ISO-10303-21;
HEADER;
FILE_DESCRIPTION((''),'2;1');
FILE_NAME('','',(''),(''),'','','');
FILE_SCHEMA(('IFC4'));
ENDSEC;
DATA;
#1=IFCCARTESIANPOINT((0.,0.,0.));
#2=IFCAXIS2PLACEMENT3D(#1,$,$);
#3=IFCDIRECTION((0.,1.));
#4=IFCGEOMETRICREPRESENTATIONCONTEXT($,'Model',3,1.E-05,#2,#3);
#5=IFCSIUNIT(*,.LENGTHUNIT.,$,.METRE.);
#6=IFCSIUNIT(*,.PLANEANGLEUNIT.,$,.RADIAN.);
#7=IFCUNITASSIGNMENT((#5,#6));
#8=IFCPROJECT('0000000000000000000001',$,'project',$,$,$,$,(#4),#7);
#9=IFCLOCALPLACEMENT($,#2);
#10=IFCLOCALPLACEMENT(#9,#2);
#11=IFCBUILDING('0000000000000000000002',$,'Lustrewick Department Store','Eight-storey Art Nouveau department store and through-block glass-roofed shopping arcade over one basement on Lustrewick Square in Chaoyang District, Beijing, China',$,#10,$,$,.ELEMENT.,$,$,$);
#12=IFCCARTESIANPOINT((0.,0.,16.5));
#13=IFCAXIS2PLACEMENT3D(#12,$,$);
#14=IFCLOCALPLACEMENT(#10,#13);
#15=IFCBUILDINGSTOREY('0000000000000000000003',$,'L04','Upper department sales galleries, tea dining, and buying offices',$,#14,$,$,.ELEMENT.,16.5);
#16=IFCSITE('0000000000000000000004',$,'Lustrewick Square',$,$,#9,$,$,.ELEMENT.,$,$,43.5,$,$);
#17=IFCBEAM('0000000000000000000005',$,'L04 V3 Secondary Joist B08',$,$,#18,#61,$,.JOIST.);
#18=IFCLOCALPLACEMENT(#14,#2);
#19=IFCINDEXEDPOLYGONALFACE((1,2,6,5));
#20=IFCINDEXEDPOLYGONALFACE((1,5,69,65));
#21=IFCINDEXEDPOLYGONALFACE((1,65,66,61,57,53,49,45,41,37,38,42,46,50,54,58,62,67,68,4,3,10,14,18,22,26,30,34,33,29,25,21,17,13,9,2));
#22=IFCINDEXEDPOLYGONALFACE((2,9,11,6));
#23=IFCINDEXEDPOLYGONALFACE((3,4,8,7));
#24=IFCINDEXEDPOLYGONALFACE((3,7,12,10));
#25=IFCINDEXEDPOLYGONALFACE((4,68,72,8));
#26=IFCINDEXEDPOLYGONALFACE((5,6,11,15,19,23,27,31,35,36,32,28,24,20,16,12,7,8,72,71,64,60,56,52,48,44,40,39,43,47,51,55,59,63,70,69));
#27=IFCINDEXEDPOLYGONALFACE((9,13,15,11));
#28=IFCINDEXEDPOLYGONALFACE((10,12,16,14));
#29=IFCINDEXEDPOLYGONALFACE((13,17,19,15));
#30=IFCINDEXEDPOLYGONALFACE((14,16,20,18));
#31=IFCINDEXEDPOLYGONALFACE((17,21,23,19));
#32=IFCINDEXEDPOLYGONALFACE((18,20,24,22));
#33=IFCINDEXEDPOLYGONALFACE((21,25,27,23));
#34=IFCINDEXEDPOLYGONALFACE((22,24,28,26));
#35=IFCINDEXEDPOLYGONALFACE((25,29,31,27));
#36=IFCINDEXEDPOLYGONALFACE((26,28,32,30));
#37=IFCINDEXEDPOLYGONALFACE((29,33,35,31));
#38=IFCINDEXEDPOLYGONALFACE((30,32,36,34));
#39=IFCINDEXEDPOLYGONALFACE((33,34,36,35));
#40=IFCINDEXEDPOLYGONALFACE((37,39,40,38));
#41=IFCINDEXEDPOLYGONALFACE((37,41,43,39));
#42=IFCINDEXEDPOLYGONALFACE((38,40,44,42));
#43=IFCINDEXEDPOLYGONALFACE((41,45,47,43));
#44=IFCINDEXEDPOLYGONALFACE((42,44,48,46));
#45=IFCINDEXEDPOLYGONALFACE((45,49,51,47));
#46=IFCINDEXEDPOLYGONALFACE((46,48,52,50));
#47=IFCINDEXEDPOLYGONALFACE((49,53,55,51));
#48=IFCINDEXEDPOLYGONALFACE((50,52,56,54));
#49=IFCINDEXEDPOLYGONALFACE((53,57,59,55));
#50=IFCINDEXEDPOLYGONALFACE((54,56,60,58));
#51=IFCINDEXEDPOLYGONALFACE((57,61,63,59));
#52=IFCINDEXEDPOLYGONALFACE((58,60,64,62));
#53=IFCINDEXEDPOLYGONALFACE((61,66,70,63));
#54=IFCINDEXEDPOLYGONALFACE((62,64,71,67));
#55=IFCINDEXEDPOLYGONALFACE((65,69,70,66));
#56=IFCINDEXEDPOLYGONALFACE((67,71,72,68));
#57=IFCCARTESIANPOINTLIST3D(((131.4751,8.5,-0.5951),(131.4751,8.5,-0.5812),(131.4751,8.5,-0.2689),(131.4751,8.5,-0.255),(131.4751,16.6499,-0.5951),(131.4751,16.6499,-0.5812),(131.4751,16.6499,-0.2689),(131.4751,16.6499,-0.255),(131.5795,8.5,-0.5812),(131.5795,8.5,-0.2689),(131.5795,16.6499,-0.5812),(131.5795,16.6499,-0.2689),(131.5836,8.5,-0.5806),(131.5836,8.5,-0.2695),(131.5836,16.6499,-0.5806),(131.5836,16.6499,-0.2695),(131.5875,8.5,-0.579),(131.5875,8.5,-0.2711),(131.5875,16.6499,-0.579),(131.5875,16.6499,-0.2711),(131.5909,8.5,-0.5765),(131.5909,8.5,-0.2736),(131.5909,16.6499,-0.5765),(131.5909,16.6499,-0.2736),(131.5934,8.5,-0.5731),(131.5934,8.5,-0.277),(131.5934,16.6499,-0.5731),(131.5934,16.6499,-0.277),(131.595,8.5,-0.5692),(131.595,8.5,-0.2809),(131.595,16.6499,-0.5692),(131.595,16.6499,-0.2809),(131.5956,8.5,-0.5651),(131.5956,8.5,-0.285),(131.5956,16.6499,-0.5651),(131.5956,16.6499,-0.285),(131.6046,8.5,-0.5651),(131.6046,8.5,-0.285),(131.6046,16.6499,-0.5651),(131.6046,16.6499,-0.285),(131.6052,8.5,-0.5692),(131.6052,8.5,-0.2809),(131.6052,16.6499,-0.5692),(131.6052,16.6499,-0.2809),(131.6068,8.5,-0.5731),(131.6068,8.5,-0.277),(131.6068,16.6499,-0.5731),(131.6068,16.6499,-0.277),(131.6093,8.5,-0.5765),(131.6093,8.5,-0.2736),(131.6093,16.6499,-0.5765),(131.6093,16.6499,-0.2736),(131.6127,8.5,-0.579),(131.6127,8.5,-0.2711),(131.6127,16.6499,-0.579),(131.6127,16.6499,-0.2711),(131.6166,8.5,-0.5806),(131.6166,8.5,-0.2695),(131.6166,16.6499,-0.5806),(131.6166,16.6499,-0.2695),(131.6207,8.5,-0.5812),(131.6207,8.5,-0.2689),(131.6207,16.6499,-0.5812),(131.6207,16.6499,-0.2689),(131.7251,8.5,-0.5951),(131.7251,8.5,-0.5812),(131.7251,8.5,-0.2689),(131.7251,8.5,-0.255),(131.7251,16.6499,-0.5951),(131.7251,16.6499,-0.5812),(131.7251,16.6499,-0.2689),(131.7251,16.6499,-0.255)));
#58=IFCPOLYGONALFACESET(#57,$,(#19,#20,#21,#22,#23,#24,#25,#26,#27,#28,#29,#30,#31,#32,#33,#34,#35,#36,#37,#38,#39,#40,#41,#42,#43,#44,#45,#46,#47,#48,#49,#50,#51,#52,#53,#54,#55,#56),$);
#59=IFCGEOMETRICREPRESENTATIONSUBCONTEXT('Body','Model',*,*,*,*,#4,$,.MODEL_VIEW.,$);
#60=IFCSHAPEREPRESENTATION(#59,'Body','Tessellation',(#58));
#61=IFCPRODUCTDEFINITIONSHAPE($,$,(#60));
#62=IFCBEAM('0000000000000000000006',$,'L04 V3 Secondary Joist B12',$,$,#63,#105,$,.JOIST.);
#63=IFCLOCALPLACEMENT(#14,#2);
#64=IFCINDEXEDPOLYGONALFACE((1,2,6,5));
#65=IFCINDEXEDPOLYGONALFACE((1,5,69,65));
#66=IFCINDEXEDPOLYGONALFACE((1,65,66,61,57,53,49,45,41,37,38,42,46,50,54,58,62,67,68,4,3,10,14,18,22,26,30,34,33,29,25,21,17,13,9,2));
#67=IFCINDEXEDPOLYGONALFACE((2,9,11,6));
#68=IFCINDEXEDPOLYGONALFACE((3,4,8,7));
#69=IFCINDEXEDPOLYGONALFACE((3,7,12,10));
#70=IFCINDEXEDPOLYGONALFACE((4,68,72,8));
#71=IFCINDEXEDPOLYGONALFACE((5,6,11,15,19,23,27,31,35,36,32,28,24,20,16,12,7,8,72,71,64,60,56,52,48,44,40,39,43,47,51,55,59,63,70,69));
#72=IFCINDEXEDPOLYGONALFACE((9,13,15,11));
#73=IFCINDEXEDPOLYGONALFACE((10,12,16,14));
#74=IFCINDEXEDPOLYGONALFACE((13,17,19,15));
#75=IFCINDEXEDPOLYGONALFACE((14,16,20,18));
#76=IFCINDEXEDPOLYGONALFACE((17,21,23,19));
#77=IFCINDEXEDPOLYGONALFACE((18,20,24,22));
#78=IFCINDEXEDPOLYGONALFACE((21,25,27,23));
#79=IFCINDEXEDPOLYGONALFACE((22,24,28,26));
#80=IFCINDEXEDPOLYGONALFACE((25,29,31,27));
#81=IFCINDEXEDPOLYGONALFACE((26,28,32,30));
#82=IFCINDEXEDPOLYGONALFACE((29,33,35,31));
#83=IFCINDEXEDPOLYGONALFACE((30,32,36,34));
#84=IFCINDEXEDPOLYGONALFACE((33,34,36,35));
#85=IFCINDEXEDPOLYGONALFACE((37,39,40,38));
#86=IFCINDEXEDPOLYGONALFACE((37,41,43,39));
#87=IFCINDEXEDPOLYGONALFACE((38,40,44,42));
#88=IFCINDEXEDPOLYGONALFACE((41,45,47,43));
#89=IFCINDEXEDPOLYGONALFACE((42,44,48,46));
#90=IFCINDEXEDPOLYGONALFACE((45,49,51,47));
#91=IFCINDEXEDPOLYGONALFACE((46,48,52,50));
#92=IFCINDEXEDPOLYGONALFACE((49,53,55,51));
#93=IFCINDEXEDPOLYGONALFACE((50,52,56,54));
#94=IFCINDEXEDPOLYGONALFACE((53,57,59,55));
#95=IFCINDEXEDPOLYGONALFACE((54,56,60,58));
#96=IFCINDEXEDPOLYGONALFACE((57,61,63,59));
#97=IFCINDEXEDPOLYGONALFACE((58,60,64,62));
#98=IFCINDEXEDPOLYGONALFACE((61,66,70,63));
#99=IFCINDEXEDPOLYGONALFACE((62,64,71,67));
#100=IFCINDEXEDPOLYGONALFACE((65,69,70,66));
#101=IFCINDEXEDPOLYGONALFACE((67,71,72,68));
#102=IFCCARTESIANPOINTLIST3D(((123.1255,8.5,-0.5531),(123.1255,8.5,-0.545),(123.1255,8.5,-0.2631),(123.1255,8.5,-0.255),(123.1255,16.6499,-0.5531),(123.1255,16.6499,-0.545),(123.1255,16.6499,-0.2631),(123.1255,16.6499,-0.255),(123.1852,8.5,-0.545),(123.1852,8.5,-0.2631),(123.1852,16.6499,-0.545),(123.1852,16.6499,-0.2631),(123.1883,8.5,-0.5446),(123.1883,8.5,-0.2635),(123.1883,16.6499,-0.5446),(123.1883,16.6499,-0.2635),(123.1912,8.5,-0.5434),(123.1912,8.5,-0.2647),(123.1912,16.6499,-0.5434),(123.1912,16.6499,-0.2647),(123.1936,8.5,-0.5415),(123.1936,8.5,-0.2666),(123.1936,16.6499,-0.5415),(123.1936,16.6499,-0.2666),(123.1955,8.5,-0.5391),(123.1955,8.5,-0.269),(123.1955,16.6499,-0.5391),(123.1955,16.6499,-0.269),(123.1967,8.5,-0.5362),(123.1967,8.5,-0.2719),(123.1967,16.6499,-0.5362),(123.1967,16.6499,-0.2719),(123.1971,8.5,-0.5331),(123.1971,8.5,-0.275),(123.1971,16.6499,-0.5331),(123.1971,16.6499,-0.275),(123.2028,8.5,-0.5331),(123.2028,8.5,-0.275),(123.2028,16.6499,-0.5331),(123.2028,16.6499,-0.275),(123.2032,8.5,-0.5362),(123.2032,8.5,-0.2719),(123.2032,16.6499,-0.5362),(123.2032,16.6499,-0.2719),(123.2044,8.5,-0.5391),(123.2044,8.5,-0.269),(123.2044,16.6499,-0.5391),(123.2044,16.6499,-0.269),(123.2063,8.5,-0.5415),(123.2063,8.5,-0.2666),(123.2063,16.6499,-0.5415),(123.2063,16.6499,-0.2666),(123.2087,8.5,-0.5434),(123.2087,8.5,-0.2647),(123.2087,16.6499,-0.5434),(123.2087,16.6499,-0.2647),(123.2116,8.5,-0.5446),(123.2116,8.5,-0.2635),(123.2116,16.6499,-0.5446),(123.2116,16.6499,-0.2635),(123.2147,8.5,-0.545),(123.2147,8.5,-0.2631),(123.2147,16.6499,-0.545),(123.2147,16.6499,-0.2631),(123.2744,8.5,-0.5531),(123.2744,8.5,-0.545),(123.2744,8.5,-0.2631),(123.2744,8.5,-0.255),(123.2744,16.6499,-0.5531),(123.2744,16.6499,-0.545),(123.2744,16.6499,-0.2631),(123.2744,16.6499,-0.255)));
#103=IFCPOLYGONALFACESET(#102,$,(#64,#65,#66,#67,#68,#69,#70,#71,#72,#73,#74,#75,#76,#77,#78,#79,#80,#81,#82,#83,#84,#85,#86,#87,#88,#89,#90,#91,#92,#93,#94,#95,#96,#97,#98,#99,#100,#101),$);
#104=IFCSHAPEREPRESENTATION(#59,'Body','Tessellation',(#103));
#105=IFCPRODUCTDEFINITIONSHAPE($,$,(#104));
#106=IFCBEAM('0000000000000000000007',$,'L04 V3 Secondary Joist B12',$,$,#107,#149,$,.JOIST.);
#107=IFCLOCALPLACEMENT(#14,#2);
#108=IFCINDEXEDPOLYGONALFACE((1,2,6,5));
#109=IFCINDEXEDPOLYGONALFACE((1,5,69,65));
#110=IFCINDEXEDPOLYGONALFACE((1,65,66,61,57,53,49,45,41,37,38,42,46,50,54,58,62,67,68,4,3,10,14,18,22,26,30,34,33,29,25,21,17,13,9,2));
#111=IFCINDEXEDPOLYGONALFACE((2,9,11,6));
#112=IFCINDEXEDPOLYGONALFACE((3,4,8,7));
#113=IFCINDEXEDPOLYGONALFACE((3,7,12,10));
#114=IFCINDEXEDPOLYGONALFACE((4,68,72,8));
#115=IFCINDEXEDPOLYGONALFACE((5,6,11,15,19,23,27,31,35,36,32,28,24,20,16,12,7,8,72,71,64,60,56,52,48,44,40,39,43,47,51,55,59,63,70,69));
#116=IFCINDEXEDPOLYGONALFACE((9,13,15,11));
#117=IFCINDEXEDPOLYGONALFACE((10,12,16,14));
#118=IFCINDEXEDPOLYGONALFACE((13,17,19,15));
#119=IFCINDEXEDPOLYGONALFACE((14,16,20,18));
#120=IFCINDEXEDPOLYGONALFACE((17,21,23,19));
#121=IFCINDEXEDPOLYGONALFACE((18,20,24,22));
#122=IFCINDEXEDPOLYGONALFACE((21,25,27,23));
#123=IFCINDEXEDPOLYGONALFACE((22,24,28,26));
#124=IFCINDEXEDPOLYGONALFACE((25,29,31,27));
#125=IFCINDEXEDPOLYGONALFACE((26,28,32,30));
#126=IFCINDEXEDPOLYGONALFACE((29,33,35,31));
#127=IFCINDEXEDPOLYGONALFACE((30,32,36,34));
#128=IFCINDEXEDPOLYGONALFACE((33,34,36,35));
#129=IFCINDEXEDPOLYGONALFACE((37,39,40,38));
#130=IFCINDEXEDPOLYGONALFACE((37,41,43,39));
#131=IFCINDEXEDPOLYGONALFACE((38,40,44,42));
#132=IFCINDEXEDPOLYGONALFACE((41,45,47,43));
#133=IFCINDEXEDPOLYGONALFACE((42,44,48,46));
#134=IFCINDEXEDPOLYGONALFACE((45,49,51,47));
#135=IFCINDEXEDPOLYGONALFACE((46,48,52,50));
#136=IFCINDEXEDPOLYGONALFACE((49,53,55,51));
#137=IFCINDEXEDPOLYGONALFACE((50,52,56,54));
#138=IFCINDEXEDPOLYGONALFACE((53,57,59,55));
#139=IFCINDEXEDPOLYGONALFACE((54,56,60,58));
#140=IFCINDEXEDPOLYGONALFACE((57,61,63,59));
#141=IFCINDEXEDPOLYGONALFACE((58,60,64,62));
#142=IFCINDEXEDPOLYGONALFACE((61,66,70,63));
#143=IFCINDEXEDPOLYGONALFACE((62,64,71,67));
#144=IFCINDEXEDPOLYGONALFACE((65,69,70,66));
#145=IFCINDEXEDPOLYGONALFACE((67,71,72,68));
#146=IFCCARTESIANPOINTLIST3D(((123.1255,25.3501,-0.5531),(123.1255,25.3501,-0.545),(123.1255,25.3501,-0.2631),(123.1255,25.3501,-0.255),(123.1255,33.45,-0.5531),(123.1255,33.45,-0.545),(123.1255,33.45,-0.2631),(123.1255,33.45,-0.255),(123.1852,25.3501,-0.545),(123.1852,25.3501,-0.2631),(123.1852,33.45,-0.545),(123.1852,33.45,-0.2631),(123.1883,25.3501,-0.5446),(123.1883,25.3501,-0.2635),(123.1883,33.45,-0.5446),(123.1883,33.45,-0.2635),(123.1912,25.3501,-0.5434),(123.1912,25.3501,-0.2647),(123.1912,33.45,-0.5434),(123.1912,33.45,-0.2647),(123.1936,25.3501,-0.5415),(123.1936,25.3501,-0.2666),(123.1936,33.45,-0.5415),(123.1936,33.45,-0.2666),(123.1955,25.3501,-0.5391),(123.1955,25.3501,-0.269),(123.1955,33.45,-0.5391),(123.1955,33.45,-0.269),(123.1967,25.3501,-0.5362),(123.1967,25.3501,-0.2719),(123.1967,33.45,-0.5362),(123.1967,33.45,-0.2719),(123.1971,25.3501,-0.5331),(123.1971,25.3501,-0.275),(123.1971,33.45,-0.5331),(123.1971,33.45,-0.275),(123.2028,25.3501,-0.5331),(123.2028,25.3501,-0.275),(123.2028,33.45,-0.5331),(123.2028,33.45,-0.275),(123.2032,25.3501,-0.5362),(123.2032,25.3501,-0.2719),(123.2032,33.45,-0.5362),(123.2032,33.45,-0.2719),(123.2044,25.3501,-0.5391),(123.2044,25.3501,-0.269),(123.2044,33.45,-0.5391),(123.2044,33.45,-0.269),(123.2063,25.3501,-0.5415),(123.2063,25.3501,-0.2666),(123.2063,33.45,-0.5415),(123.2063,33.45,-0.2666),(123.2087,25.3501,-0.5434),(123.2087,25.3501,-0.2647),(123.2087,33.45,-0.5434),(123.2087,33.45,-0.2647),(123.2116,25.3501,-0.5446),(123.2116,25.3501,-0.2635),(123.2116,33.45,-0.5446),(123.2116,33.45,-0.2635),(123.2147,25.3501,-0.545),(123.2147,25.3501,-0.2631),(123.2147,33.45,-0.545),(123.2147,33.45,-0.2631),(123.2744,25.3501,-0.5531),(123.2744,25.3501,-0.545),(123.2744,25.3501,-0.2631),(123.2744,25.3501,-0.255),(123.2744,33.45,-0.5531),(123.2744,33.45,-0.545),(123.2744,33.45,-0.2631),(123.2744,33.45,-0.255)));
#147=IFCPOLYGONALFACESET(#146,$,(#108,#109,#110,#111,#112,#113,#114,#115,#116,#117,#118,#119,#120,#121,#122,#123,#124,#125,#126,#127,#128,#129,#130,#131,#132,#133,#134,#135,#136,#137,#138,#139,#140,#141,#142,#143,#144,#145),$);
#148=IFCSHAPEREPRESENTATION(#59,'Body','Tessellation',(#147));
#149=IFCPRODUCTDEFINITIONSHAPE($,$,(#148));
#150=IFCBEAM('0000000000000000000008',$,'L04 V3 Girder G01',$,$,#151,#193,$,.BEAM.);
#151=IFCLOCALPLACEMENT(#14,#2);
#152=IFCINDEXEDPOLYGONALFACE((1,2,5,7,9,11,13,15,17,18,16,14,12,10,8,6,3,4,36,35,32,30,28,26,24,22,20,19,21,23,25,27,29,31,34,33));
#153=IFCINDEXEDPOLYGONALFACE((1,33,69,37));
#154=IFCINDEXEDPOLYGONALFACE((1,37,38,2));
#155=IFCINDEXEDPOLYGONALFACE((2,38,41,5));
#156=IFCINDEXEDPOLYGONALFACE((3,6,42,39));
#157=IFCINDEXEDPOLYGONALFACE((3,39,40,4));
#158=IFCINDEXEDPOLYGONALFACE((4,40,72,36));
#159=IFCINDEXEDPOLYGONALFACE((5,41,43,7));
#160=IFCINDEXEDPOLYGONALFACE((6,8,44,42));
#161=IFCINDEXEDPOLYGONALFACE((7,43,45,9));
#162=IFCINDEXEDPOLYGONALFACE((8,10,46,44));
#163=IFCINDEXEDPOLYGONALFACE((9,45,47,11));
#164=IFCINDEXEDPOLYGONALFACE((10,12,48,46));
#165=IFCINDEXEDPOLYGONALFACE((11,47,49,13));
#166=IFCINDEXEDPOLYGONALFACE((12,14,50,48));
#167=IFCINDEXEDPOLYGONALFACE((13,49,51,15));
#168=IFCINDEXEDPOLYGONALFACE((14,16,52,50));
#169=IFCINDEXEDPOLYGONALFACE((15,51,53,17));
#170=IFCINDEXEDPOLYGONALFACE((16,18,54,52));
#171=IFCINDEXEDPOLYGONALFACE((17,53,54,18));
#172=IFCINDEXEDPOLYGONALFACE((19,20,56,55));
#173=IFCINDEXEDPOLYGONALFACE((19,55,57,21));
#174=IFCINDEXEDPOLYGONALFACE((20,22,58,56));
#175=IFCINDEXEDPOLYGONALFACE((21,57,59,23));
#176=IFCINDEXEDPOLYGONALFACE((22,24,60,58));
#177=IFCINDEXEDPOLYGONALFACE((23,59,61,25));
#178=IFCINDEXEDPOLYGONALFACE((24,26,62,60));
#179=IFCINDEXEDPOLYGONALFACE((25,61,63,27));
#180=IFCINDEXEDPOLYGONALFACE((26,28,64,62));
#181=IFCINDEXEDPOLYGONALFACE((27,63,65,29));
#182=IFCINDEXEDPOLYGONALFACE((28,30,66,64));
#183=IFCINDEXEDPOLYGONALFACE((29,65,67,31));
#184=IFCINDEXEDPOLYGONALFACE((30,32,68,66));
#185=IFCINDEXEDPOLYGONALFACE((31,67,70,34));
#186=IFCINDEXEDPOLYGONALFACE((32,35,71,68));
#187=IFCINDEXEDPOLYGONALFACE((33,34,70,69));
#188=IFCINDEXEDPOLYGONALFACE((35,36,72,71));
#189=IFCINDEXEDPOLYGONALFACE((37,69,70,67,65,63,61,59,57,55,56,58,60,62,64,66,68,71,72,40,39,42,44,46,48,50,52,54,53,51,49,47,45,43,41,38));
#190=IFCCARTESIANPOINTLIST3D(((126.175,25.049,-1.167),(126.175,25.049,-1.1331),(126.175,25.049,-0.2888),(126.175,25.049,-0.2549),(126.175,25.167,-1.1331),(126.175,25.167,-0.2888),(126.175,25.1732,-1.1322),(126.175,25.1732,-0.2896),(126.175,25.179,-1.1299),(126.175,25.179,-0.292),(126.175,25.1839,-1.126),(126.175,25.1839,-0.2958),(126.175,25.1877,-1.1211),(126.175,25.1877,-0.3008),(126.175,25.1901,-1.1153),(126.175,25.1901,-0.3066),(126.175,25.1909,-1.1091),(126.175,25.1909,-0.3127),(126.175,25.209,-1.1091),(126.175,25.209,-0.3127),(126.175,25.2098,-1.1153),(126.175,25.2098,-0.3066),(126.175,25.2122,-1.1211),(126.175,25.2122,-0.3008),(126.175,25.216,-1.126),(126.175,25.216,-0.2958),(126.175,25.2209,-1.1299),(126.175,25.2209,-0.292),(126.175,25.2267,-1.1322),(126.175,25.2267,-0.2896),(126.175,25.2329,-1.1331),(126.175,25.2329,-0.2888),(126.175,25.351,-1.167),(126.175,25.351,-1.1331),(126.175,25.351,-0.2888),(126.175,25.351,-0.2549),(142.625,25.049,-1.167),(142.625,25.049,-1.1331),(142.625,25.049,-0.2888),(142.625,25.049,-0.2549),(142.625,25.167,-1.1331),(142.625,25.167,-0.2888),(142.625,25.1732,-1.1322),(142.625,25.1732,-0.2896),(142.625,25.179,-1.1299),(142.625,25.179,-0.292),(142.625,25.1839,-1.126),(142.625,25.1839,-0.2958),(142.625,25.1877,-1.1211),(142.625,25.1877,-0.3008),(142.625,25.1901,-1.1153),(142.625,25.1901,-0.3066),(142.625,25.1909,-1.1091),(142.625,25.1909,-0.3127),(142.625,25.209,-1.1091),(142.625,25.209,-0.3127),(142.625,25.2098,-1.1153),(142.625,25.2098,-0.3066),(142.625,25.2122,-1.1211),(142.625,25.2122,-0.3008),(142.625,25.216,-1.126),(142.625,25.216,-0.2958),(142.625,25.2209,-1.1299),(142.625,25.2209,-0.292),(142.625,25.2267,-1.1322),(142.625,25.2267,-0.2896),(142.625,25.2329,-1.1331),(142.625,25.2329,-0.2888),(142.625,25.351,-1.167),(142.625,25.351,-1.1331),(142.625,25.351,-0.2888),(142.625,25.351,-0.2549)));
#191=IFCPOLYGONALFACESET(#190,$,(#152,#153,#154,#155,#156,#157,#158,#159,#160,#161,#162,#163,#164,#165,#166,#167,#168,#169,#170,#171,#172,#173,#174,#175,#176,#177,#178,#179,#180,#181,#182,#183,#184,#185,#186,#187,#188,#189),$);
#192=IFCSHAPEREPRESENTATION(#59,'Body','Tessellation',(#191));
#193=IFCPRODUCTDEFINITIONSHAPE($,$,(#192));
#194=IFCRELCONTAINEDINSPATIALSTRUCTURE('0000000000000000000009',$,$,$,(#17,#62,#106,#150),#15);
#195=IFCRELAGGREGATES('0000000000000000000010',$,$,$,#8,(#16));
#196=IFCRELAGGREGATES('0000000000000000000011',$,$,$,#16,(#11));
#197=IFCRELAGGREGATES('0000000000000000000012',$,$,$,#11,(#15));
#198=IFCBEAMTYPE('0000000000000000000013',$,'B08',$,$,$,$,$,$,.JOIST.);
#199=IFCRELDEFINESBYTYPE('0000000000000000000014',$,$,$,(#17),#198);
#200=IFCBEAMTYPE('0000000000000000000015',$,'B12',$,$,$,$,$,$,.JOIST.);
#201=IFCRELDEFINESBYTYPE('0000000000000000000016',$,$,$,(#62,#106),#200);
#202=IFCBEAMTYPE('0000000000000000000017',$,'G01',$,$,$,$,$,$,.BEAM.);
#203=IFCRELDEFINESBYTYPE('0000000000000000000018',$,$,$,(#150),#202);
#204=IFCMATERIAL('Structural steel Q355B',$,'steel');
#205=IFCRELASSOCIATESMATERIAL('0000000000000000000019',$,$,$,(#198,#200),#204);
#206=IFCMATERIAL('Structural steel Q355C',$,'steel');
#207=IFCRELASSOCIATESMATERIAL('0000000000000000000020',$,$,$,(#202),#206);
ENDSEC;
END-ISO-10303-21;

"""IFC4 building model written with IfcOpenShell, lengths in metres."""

from ifc_helpers import new_model, si_unit, direction, frame, origin, origin_2d, place, context, subcontext, project, spatial, i_section, extrude, material, material_profile, profile_set, type_object, element, save


model = new_model("IFC4")

# Units and contexts
model_context = context("Model", 3, precision=1e-05, world=origin(), true_north=direction((0.0, 1.0)))
body_context = subcontext(model_context, "Body", "Model", "MODEL_VIEW")
ifc_project = project(units=[si_unit("LENGTHUNIT", "METRE"), si_unit("PLANEANGLEUNIT", "RADIAN")], contexts=[model_context])

# Site, building, storey
site_placement = place(None, origin())
site = spatial("IfcSite", under=ifc_project, at=site_placement, Name="Lustrewick Square", CompositionType="ELEMENT", RefElevation=43.5)
building_placement = place(site_placement, origin())
building = spatial("IfcBuilding", under=site, at=building_placement, Name="Lustrewick Department Store", Description="Eight-storey Art Nouveau department store and through-block glass-roofed shopping arcade over one basement on Lustrewick Square in Chaoyang District, Beijing, China", CompositionType="ELEMENT")
storey_placement = place(building_placement, frame((0.0, 0.0, 16.5)))
storey = spatial("IfcBuildingStorey", under=building, at=storey_placement, Name="L04", Description="Upper department sales galleries, tea dining, and buying offices", CompositionType="ELEMENT", Elevation=16.5)

# Shared definitions
ifc_material_1 = material(Name="Structural steel Q355C", Category="steel")

# Beams
ifc_material_2 = material(Name="Structural steel Q355B", Category="steel")
ifc_material_profile_1 = material_profile(ifc_material_2, i_section(OverallWidth=0.25, OverallDepth=0.3401, WebThickness=0.009, FlangeThickness=0.0139, FilletRadius=0.0161, at=origin_2d()), Name="HM 340x250x9x14")
ifc_profile_set_1 = profile_set([ifc_material_profile_1], Name="Structural steel Q355B")
beam_type_1 = type_object("IfcBeamType", Name="B08", PredefinedType="JOIST", material=ifc_profile_set_1)
beam_1_placement = place(storey_placement, frame((131.6001, 8.5, -0.425), z_axis=(0.0, 1.0, 0.0), x_axis=(-1.0, 0.0, 0.0)))
element("IfcBeam", 1, at=beam_1_placement, inside=storey, type_object=beam_type_1, Name="L04 V3 Secondary Joist B08", PredefinedType="JOIST", context=body_context, shape_type="SweptSolid", body=[
    extrude(i_section(OverallWidth=0.25, OverallDepth=0.3401, WebThickness=0.009, FlangeThickness=0.0139, FilletRadius=0.0161, at=origin_2d()), origin(), (0.0, 0.0, 1.0), 8.1499),
])
ifc_material_profile_2 = material_profile(ifc_material_2, i_section(OverallWidth=0.1489, OverallDepth=0.2981, WebThickness=0.0056, FlangeThickness=0.0081, FilletRadius=0.012, at=origin_2d()), Name="HN 298x149x5.5x8")
ifc_profile_set_2 = profile_set([ifc_material_profile_2], Name="Structural steel Q355B")
beam_type_2 = type_object("IfcBeamType", Name="B12", PredefinedType="JOIST", material=ifc_profile_set_2)
beam_2_placement = place(storey_placement, frame((123.2, 8.5, -0.4041), z_axis=(0.0, 1.0, 0.0), x_axis=(-1.0, 0.0, 0.0)))
element("IfcBeam", 2, at=beam_2_placement, inside=storey, type_object=beam_type_2, Name="L04 V3 Secondary Joist B12", PredefinedType="JOIST", context=body_context, shape_type="SweptSolid", body=[
    extrude(i_section(OverallWidth=0.1489, OverallDepth=0.2981, WebThickness=0.0056, FlangeThickness=0.0081, FilletRadius=0.012, at=origin_2d()), origin(), (0.0, 0.0, 1.0), 8.1499),
])
beam_3_placement = place(storey_placement, frame((123.2, 25.3501, -0.4041), z_axis=(0.0, 1.0, 0.0), x_axis=(-1.0, 0.0, 0.0)))
element("IfcBeam", 3, at=beam_3_placement, inside=storey, type_object=beam_type_2, Name="L04 V3 Secondary Joist B12", PredefinedType="JOIST", context=body_context, shape_type="SweptSolid", body=[
    extrude(i_section(OverallWidth=0.1489, OverallDepth=0.2981, WebThickness=0.0056, FlangeThickness=0.0081, FilletRadius=0.012, at=origin_2d()), origin(), (0.0, 0.0, 1.0), 8.0999),
])
ifc_material_profile_3 = material_profile(ifc_material_1, i_section(OverallWidth=0.302, OverallDepth=0.9121, WebThickness=0.0181, FlangeThickness=0.0339, FilletRadius=0.0239, at=origin_2d()), Name="HN 912x302x18x34")
ifc_profile_set_3 = profile_set([ifc_material_profile_3], Name="Structural steel Q355C")
beam_type_3 = type_object("IfcBeamType", Name="G01", PredefinedType="BEAM", material=ifc_profile_set_3)
beam_4_placement = place(storey_placement, frame((126.175, 25.2, -0.7109), z_axis=(1.0, 0.0, 0.0), x_axis=(0.0, 1.0, 0.0)))
element("IfcBeam", 4, at=beam_4_placement, inside=storey, type_object=beam_type_3, Name="L04 V3 Girder G01", PredefinedType="BEAM", context=body_context, shape_type="SweptSolid", body=[
    extrude(i_section(OverallWidth=0.302, OverallDepth=0.9121, WebThickness=0.0181, FlangeThickness=0.0339, FilletRadius=0.0239, at=origin_2d()), origin(), (0.0, 0.0, 1.0), 16.45),
])

save(model, "model.ifc")
